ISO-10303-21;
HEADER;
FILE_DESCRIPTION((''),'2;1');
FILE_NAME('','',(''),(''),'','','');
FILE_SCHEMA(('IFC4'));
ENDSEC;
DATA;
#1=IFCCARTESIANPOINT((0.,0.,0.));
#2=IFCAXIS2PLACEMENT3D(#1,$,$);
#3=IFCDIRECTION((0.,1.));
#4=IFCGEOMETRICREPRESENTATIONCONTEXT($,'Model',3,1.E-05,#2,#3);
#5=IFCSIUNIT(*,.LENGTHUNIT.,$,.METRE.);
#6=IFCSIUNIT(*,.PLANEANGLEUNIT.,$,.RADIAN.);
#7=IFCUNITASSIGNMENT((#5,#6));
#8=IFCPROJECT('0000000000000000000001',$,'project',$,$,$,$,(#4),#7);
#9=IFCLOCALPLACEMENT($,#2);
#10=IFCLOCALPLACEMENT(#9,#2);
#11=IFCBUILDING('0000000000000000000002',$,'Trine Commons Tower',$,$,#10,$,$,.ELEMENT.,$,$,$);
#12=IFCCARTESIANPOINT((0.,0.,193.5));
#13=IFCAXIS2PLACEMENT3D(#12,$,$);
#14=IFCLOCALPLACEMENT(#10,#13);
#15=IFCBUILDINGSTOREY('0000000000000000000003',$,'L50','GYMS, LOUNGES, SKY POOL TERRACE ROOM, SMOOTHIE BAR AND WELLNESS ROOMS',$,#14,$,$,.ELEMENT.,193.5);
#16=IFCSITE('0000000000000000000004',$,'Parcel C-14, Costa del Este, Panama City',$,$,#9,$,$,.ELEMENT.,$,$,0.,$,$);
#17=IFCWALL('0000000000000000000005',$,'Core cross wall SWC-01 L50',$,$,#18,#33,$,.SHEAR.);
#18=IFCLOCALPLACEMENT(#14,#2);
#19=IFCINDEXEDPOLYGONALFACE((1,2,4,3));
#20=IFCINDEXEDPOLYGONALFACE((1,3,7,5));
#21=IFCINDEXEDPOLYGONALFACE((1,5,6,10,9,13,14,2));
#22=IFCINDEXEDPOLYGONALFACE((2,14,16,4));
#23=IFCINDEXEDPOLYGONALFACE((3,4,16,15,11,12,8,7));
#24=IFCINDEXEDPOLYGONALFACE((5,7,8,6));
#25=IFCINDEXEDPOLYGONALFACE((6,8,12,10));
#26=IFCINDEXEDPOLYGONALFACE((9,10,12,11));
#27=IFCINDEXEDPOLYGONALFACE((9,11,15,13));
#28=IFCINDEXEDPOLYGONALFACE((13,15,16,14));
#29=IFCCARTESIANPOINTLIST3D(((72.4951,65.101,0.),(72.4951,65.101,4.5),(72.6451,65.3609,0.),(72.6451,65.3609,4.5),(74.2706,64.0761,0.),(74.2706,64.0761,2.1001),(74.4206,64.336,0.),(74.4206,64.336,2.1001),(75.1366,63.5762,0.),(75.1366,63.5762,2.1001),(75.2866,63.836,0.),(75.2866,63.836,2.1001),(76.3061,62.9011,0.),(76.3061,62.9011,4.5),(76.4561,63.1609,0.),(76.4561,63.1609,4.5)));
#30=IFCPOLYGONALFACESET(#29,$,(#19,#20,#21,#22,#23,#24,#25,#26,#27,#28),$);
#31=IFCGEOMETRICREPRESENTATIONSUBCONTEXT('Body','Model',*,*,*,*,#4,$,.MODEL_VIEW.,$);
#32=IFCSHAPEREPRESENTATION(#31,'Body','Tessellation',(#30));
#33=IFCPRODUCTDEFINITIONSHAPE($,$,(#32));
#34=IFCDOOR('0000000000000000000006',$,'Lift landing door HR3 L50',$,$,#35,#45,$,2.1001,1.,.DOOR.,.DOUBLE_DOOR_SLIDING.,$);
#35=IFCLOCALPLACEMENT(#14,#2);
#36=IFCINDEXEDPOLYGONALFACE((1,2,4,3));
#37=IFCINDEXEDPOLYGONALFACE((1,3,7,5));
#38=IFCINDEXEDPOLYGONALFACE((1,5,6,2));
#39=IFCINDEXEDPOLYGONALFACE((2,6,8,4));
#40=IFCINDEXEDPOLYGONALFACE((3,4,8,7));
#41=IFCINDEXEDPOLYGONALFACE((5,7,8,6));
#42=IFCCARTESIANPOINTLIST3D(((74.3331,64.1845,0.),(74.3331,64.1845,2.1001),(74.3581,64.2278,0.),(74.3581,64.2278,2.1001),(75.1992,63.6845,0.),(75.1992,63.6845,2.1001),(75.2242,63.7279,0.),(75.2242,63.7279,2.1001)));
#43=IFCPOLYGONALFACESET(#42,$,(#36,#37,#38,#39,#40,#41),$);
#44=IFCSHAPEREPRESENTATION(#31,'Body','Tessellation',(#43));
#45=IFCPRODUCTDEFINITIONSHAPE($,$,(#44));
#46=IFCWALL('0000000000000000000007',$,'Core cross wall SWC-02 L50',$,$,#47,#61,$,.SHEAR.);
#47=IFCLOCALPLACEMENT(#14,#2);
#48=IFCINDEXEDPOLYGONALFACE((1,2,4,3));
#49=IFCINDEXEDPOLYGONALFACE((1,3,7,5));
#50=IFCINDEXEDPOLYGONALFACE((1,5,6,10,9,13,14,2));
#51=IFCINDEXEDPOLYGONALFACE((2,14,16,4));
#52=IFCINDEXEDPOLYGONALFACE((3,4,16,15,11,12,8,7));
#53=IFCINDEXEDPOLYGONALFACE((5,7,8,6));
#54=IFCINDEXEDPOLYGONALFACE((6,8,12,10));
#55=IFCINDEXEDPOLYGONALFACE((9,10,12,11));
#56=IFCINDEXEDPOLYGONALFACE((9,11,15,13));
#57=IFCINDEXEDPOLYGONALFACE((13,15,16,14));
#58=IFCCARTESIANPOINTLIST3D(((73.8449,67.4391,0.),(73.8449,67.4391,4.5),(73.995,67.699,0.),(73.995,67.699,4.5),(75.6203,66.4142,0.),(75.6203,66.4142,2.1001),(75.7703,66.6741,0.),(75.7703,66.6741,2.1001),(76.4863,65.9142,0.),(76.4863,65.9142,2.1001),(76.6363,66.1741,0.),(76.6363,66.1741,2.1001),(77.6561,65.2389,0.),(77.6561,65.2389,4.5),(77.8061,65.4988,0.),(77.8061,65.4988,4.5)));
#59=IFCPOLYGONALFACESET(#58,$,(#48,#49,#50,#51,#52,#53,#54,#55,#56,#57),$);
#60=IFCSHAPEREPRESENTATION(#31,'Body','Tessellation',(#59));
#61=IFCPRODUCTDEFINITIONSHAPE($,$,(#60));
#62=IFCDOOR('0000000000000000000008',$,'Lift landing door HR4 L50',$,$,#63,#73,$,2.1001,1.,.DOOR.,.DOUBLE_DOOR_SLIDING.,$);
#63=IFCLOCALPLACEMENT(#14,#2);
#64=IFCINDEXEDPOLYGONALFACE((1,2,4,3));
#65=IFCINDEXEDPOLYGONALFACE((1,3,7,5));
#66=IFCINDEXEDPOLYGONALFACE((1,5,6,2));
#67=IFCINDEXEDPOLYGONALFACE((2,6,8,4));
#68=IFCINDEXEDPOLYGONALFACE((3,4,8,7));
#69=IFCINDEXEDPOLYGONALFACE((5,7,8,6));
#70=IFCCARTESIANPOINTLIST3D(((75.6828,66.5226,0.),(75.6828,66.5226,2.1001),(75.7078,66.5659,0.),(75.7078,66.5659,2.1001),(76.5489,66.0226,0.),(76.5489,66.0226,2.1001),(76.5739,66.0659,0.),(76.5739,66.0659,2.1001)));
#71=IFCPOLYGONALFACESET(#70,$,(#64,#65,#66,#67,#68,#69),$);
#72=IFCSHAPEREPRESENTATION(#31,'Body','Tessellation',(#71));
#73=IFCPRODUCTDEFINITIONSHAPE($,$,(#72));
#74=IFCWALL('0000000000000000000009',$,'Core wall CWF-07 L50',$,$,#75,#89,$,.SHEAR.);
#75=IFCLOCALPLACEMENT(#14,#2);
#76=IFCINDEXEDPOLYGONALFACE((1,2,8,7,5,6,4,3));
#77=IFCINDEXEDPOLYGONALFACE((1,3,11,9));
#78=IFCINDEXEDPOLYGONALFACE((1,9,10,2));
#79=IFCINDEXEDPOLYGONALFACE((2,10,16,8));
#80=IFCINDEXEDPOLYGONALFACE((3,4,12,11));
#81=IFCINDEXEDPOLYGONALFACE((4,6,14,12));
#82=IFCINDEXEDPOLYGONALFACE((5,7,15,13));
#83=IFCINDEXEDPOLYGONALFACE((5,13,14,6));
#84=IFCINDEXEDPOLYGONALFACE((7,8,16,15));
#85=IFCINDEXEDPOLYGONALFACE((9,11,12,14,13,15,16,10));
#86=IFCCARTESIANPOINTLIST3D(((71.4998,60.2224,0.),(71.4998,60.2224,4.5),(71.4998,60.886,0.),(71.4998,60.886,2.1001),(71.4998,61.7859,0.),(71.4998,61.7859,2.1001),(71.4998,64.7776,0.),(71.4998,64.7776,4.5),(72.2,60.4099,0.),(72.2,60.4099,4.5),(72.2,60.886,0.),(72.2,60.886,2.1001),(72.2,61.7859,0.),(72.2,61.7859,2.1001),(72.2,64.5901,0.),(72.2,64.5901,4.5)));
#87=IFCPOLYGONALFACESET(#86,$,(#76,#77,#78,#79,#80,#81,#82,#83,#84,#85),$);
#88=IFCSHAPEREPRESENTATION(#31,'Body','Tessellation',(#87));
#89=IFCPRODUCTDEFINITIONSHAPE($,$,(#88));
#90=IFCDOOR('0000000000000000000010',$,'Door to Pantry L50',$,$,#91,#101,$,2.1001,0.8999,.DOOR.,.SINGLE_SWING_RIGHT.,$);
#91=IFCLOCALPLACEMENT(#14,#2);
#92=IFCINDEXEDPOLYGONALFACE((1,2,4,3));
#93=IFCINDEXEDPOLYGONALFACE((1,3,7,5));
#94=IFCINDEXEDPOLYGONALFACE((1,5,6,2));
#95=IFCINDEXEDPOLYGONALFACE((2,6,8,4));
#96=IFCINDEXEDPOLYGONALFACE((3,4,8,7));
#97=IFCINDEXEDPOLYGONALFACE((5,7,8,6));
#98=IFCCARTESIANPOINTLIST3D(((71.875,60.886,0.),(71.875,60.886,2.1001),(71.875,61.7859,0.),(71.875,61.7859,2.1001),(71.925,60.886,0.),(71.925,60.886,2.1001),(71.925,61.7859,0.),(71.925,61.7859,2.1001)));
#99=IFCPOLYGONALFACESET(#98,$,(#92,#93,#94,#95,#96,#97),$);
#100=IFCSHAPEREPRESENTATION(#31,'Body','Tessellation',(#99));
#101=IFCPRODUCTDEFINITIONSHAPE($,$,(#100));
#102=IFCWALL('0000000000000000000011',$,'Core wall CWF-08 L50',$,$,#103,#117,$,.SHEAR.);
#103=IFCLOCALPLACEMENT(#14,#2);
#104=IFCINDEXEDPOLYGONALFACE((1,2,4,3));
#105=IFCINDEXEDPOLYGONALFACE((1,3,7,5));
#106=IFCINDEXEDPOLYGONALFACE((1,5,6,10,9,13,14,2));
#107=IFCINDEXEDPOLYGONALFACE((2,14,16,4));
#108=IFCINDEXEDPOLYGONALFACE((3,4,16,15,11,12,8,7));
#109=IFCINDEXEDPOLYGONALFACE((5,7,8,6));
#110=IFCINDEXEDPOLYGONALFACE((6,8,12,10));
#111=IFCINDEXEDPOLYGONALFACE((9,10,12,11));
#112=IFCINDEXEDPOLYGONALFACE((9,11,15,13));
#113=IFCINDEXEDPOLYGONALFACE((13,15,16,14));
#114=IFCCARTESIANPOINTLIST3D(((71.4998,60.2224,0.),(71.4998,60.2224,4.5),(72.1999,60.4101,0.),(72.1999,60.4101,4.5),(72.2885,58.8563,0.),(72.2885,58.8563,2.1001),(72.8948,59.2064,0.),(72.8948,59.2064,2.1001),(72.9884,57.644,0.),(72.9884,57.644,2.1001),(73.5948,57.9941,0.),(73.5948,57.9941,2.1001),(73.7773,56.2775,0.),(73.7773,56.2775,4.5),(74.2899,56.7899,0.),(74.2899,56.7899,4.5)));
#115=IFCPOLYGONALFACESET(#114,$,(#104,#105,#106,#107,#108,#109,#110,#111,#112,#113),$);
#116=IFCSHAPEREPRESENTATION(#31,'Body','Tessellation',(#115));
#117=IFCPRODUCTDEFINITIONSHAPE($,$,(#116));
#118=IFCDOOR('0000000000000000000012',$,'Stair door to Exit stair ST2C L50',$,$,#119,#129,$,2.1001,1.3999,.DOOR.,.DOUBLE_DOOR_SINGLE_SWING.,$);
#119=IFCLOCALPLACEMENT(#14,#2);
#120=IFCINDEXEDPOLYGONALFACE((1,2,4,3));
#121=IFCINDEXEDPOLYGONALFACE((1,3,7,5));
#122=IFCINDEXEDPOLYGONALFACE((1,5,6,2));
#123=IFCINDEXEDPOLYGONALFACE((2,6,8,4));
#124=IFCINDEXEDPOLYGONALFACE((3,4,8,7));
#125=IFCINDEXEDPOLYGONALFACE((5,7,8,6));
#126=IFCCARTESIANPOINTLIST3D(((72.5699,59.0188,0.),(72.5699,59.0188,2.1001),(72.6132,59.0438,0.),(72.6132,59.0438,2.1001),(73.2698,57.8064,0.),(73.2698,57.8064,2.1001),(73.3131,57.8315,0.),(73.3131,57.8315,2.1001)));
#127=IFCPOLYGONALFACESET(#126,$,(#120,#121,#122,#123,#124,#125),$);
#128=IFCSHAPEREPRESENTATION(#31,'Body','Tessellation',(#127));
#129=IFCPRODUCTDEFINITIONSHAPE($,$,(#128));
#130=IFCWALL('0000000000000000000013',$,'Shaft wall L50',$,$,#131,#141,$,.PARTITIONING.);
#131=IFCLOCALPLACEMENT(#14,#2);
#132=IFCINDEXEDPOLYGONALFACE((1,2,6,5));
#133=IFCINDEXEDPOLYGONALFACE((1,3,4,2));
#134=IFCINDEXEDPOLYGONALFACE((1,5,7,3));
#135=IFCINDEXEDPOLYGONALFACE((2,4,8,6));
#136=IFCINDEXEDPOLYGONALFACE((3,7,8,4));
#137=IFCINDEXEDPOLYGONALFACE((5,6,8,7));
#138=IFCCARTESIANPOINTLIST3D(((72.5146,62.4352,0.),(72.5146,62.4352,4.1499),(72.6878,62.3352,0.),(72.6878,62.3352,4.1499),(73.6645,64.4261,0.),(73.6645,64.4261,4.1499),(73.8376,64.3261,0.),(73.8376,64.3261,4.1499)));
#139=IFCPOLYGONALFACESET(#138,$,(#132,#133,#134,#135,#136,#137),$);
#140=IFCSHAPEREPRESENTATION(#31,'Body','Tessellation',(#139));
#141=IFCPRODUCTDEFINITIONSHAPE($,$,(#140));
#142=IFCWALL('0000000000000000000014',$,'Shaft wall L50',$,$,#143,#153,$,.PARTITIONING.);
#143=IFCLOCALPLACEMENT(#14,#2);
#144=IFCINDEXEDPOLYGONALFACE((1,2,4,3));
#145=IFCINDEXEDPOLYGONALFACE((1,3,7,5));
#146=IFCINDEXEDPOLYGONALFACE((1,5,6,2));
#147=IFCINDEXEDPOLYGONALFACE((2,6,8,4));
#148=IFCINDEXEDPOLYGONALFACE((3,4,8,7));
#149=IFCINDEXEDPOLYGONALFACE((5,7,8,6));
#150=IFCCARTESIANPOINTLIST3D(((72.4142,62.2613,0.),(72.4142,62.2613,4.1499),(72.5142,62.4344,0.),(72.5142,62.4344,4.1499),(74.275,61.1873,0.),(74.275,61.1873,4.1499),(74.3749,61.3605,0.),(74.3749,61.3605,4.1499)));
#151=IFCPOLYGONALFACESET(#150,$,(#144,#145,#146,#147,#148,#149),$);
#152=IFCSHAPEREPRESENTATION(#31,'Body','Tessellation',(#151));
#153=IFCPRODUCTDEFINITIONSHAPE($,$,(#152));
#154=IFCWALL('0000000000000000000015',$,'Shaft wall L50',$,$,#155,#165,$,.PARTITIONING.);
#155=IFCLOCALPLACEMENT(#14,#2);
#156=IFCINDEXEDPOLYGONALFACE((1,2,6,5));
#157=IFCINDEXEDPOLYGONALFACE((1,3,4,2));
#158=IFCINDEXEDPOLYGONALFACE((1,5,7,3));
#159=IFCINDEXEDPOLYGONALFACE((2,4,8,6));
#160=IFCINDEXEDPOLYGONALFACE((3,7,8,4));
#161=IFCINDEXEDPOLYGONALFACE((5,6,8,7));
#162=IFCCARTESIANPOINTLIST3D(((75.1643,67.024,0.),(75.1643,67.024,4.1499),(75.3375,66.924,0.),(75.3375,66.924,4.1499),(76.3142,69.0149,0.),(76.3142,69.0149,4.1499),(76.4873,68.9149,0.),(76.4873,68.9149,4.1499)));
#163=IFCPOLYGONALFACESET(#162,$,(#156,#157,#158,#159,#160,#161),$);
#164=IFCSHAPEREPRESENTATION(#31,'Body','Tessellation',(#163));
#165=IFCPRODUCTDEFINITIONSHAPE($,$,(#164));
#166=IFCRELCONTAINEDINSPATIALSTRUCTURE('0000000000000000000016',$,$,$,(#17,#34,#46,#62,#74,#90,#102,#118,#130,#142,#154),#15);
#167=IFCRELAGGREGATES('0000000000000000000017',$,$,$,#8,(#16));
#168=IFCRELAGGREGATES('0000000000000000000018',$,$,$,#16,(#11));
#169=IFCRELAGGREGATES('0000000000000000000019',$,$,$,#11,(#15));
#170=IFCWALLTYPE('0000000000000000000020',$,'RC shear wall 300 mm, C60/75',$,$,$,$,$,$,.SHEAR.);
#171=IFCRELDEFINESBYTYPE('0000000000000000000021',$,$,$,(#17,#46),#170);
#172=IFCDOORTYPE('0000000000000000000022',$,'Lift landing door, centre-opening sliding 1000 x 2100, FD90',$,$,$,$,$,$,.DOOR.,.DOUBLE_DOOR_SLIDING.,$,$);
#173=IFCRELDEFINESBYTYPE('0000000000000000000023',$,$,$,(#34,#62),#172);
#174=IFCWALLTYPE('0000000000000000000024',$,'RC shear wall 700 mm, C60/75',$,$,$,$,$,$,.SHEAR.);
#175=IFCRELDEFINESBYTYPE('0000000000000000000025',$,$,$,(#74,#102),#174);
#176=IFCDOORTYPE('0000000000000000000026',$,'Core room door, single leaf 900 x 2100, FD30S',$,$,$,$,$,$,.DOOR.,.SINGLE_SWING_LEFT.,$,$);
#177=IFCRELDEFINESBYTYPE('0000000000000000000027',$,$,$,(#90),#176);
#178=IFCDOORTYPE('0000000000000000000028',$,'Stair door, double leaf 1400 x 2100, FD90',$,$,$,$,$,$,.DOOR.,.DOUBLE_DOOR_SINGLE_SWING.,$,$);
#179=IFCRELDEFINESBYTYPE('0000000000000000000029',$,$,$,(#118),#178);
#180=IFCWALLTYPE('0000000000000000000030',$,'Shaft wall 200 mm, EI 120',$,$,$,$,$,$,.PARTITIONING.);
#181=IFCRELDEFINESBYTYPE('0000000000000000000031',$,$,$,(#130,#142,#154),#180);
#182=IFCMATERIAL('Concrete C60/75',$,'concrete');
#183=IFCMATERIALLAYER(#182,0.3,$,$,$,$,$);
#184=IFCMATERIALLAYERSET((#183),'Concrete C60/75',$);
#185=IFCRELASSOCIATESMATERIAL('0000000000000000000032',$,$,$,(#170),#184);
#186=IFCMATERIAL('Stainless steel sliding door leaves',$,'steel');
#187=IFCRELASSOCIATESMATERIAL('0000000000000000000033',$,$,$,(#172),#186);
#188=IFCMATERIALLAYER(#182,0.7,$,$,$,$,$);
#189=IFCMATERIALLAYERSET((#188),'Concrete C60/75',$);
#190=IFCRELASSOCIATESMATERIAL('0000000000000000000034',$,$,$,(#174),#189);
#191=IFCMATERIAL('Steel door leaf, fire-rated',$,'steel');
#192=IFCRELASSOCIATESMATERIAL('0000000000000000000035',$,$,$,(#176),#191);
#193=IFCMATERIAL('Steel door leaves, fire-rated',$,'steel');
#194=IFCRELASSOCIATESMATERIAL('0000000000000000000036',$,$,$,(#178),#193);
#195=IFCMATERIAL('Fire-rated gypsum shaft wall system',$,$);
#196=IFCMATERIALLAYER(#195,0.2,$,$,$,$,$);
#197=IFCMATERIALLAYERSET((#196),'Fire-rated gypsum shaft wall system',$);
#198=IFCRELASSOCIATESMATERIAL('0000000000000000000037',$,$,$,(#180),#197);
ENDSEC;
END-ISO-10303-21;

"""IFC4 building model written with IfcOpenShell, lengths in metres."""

from ifc_helpers import new_model, si_unit, direction, frame, frame_2d, origin, place, context, subcontext, project, spatial, polyline, rectangle, outline, extrude, material, layer, layer_set, type_object, element, fill, save


model = new_model("IFC4")

# Units and contexts
model_context = context("Model", 3, precision=1e-05, world=origin(), true_north=direction((0.0, 1.0)))
body_context = subcontext(model_context, "Body", "Model", "MODEL_VIEW")
ifc_project = project(units=[si_unit("LENGTHUNIT", "METRE"), si_unit("PLANEANGLEUNIT", "RADIAN")], contexts=[model_context])

# Site, building, storey
site_placement = place(None, origin())
site = spatial("IfcSite", under=ifc_project, at=site_placement, Name="Parcel C-14, Costa del Este, Panama City", CompositionType="ELEMENT", RefElevation=0.0)
building_placement = place(site_placement, origin())
building = spatial("IfcBuilding", under=site, at=building_placement, Name="Trine Commons Tower", CompositionType="ELEMENT")
storey_placement = place(building_placement, frame((0.0, 0.0, 193.5)))
storey = spatial("IfcBuildingStorey", under=building, at=storey_placement, Name="L50", Description="GYMS, LOUNGES, SKY POOL TERRACE ROOM, SMOOTHIE BAR AND WELLNESS ROOMS", CompositionType="ELEMENT", Elevation=193.5)

# Walls, openings, doors
ifc_material_1 = material(Name="Fire-rated gypsum shaft wall system")
ifc_material_2 = material(Name="Steel door leaf, fire-rated", Category="steel")
ifc_material_3 = material(Name="Concrete C60/75", Category="concrete")
ifc_layer_1 = layer(ifc_material_3, 0.3)
ifc_layer_set_1 = layer_set([ifc_layer_1], Name="Concrete C60/75")
wall_type_1 = type_object("IfcWallType", Name="RC shear wall 300 mm, C60/75", PredefinedType="SHEAR", material=ifc_layer_set_1)
wall_1_placement = place(storey_placement, frame((76.3811, 63.031, 0.0), z_axis=(0.0, 0.0, 1.0), x_axis=(-0.86606, 0.49994, 0.0)))
wall_1 = element("IfcWall", 1, at=wall_1_placement, inside=storey, type_object=wall_type_1, Name="Core cross wall SWC-01 L50", PredefinedType="SHEAR", context=body_context, shape_type="SweptSolid", body=[
    extrude(rectangle(XDim=4.4004, YDim=0.3, at=frame_2d((2.2002, 0.0))), origin(), (0.0, 0.0, 1.0), 4.5),
])
opening_1_placement = place(wall_1_placement, frame((1.3503, 0.0, 0.0)))
opening_1 = element("IfcOpeningElement", 2, at=opening_1_placement, cuts=wall_1, PredefinedType="OPENING", context=body_context, shape_type="SweptSolid", body=[
    extrude(rectangle(XDim=1.0, YDim=2.1001, at=frame_2d((0.5, 1.05))), frame((0.0, 0.1599, 0.0), z_axis=(0.0, -1.0, 0.0), x_axis=(1.0, 0.0, 0.0)), (0.0, 0.0, 1.0), 0.3201),
])
ifc_material_4 = material(Name="Stainless steel sliding door leaves", Category="steel")
door_type_1 = type_object("IfcDoorType", Name="Lift landing door, centre-opening sliding 1000 x 2100, FD90", OperationType="DOUBLE_DOOR_SLIDING", PredefinedType="DOOR", material=ifc_material_4)
door_1_placement = place(opening_1_placement, origin())
door_1 = element("IfcDoor", 3, at=door_1_placement, inside=storey, type_object=door_type_1, Name="Lift landing door HR3 L50", OperationType="DOUBLE_DOOR_SLIDING", OverallHeight=2.1001, OverallWidth=1.0, PredefinedType="DOOR", context=body_context, shape_type="SweptSolid", body=[
    extrude(rectangle(XDim=1.0, YDim=2.1001, at=frame_2d((0.5, 1.05))), frame((0.0, 0.0249, 0.0), z_axis=(0.0, -1.0, 0.0), x_axis=(1.0, 0.0, 0.0)), (0.0, 0.0, 1.0), 0.05),
])
fill(opening_1, door_1)
wall_2_placement = place(storey_placement, frame((77.731, 65.3689, 0.0), z_axis=(0.0, 0.0, 1.0), x_axis=(-0.866036, 0.499982, 0.0)))
wall_2 = element("IfcWall", 4, at=wall_2_placement, inside=storey, type_object=wall_type_1, Name="Core cross wall SWC-02 L50", PredefinedType="SHEAR", context=body_context, shape_type="SweptSolid", body=[
    extrude(rectangle(XDim=4.4006, YDim=0.3, at=frame_2d((2.2002, 0.0))), origin(), (0.0, 0.0, 1.0), 4.5),
])
opening_2_placement = place(wall_2_placement, frame((1.3506, 0.0, 0.0)))
opening_2 = element("IfcOpeningElement", 5, at=opening_2_placement, cuts=wall_2, PredefinedType="OPENING", context=body_context, shape_type="SweptSolid", body=[
    extrude(rectangle(XDim=1.0, YDim=2.1001, at=frame_2d((0.5, 1.05))), frame((0.0, 0.1599, 0.0), z_axis=(0.0, -1.0, 0.0), x_axis=(1.0, 0.0, 0.0)), (0.0, 0.0, 1.0), 0.3201),
])
door_2_placement = place(opening_2_placement, origin())
door_2 = element("IfcDoor", 6, at=door_2_placement, inside=storey, type_object=door_type_1, Name="Lift landing door HR4 L50", OperationType="DOUBLE_DOOR_SLIDING", OverallHeight=2.1001, OverallWidth=1.0, PredefinedType="DOOR", context=body_context, shape_type="SweptSolid", body=[
    extrude(rectangle(XDim=1.0, YDim=2.1001, at=frame_2d((0.5, 1.05))), frame((0.0, 0.0249, 0.0), z_axis=(0.0, -1.0, 0.0), x_axis=(1.0, 0.0, 0.0)), (0.0, 0.0, 1.0), 0.05),
])
fill(opening_2, door_2)
ifc_layer_2 = layer(ifc_material_3, 0.7)
ifc_layer_set_2 = layer_set([ifc_layer_2], Name="Concrete C60/75")
wall_type_2 = type_object("IfcWallType", Name="RC shear wall 700 mm, C60/75", PredefinedType="SHEAR", material=ifc_layer_set_2)
wall_3_placement = place(storey_placement, frame((71.8499, 64.7776, 0.0), z_axis=(0.0, 0.0, 1.0), x_axis=(0.0, -1.0, 0.0)))
wall_3 = element("IfcWall", 7, at=wall_3_placement, inside=storey, type_object=wall_type_2, Name="Core wall CWF-07 L50", PredefinedType="SHEAR", context=body_context, shape_type="SweptSolid", body=[
    extrude(outline(polyline([(0.0, -0.3501), (4.5552, -0.3501), (4.3677, 0.3501), (0.1875, 0.3501), (0.0, -0.3501)])), origin(), (0.0, 0.0, 1.0), 4.5),
])
opening_3_placement = place(wall_3_placement, frame((2.9917, 0.0, 0.0)))
opening_3 = element("IfcOpeningElement", 8, at=opening_3_placement, cuts=wall_3, PredefinedType="OPENING", context=body_context, shape_type="SweptSolid", body=[
    extrude(rectangle(XDim=0.8999, YDim=2.1001, at=frame_2d((0.45, 1.05))), frame((0.0, 0.3599, 0.0), z_axis=(0.0, -1.0, 0.0), x_axis=(1.0, 0.0, 0.0)), (0.0, 0.0, 1.0), 0.72),
])
door_type_2 = type_object("IfcDoorType", Name="Core room door, single leaf 900 x 2100, FD30S", OperationType="SINGLE_SWING_LEFT", PredefinedType="DOOR", material=ifc_material_2)
door_3_placement = place(opening_3_placement, origin())
door_3 = element("IfcDoor", 9, at=door_3_placement, inside=storey, type_object=door_type_2, Name="Door to Pantry L50", OperationType="SINGLE_SWING_RIGHT", OverallHeight=2.1001, OverallWidth=0.8999, PredefinedType="DOOR", context=body_context, shape_type="SweptSolid", body=[
    extrude(rectangle(XDim=0.8999, YDim=2.1001, at=frame_2d((0.45, 1.05))), frame((0.0, 0.0752, 0.0), z_axis=(0.0, -1.0, 0.0), x_axis=(1.0, 0.0, 0.0)), (0.0, 0.0, 1.0), 0.05),
])
fill(opening_3, door_3)
wall_4_placement = place(storey_placement, frame((71.803, 60.3975, 0.0), z_axis=(0.0, 0.0, 1.0), x_axis=(0.499984, -0.866035, 0.0)))
wall_4 = element("IfcWall", 10, at=wall_4_placement, inside=storey, type_object=wall_type_2, Name="Core wall CWF-08 L50", PredefinedType="SHEAR", context=body_context, shape_type="SweptSolid", body=[
    extrude(outline(polyline([(0.0, -0.3501), (4.5552, -0.3501), (4.3677, 0.3501), (0.1875, 0.3501), (0.0, -0.3501)])), origin(), (0.0, 0.0, 1.0), 4.5),
])
opening_4_placement = place(wall_4_placement, frame((1.5774, 0.0, 0.0)))
opening_4 = element("IfcOpeningElement", 11, at=opening_4_placement, cuts=wall_4, PredefinedType="OPENING", context=body_context, shape_type="SweptSolid", body=[
    extrude(rectangle(XDim=1.3999, YDim=2.1001, at=frame_2d((0.7, 1.05))), frame((0.0, 0.3599, 0.0), z_axis=(0.0, -1.0, 0.0), x_axis=(1.0, 0.0, 0.0)), (0.0, 0.0, 1.0), 0.72),
])
ifc_material_5 = material(Name="Steel door leaves, fire-rated", Category="steel")
door_type_3 = type_object("IfcDoorType", Name="Stair door, double leaf 1400 x 2100, FD90", OperationType="DOUBLE_DOOR_SINGLE_SWING", PredefinedType="DOOR", material=ifc_material_5)
door_4_placement = place(opening_4_placement, origin())
door_4 = element("IfcDoor", 12, at=door_4_placement, inside=storey, type_object=door_type_3, Name="Stair door to Exit stair ST2C L50", OperationType="DOUBLE_DOOR_SINGLE_SWING", OverallHeight=2.1001, OverallWidth=1.3999, PredefinedType="DOOR", context=body_context, shape_type="SweptSolid", body=[
    extrude(rectangle(XDim=1.3999, YDim=2.1001, at=frame_2d((0.7, 1.05))), frame((0.0, 0.0249, 0.0), z_axis=(0.0, -1.0, 0.0), x_axis=(1.0, 0.0, 0.0)), (0.0, 0.0, 1.0), 0.05),
])
fill(opening_4, door_4)

# Walls
ifc_layer_3 = layer(ifc_material_1, 0.2)
ifc_layer_set_3 = layer_set([ifc_layer_3], Name="Fire-rated gypsum shaft wall system")
wall_type_3 = type_object("IfcWallType", Name="Shaft wall 200 mm, EI 120", PredefinedType="PARTITIONING", material=ifc_layer_set_3)
wall_5_placement = place(storey_placement, frame((73.751, 64.376, 0.0), z_axis=(0.0, 0.0, 1.0), x_axis=(-0.500136, -0.865947, 0.0)))
element("IfcWall", 13, at=wall_5_placement, inside=storey, type_object=wall_type_3, Name="Shaft wall L50", PredefinedType="PARTITIONING", context=body_context, shape_type="SweptSolid", body=[
    extrude(rectangle(XDim=2.2991, YDim=0.2, at=frame_2d((1.1494, 0.0))), origin(), (0.0, 0.0, 1.0), 4.1499),
])
wall_6_placement = place(storey_placement, frame((74.325, 61.2739, 0.0), z_axis=(0.0, 0.0, 1.0), x_axis=(-0.866102, 0.499867, 0.0)))
element("IfcWall", 14, at=wall_6_placement, inside=storey, type_object=wall_type_3, Name="Shaft wall L50", PredefinedType="PARTITIONING", context=body_context, shape_type="SweptSolid", body=[
    extrude(rectangle(XDim=2.1484, YDim=0.2, at=frame_2d((1.0742, 0.0))), origin(), (0.0, 0.0, 1.0), 4.1499),
])
wall_7_placement = place(storey_placement, frame((75.251, 66.9741, 0.0), z_axis=(0.0, 0.0, 1.0), x_axis=(0.500136, 0.865947, 0.0)))
element("IfcWall", 15, at=wall_7_placement, inside=storey, type_object=wall_type_3, Name="Shaft wall L50", PredefinedType="PARTITIONING", context=body_context, shape_type="SweptSolid", body=[
    extrude(rectangle(XDim=2.2991, YDim=0.2, at=frame_2d((1.1494, 0.0))), origin(), (0.0, 0.0, 1.0), 4.1499),
])

save(model, "model.ifc")
